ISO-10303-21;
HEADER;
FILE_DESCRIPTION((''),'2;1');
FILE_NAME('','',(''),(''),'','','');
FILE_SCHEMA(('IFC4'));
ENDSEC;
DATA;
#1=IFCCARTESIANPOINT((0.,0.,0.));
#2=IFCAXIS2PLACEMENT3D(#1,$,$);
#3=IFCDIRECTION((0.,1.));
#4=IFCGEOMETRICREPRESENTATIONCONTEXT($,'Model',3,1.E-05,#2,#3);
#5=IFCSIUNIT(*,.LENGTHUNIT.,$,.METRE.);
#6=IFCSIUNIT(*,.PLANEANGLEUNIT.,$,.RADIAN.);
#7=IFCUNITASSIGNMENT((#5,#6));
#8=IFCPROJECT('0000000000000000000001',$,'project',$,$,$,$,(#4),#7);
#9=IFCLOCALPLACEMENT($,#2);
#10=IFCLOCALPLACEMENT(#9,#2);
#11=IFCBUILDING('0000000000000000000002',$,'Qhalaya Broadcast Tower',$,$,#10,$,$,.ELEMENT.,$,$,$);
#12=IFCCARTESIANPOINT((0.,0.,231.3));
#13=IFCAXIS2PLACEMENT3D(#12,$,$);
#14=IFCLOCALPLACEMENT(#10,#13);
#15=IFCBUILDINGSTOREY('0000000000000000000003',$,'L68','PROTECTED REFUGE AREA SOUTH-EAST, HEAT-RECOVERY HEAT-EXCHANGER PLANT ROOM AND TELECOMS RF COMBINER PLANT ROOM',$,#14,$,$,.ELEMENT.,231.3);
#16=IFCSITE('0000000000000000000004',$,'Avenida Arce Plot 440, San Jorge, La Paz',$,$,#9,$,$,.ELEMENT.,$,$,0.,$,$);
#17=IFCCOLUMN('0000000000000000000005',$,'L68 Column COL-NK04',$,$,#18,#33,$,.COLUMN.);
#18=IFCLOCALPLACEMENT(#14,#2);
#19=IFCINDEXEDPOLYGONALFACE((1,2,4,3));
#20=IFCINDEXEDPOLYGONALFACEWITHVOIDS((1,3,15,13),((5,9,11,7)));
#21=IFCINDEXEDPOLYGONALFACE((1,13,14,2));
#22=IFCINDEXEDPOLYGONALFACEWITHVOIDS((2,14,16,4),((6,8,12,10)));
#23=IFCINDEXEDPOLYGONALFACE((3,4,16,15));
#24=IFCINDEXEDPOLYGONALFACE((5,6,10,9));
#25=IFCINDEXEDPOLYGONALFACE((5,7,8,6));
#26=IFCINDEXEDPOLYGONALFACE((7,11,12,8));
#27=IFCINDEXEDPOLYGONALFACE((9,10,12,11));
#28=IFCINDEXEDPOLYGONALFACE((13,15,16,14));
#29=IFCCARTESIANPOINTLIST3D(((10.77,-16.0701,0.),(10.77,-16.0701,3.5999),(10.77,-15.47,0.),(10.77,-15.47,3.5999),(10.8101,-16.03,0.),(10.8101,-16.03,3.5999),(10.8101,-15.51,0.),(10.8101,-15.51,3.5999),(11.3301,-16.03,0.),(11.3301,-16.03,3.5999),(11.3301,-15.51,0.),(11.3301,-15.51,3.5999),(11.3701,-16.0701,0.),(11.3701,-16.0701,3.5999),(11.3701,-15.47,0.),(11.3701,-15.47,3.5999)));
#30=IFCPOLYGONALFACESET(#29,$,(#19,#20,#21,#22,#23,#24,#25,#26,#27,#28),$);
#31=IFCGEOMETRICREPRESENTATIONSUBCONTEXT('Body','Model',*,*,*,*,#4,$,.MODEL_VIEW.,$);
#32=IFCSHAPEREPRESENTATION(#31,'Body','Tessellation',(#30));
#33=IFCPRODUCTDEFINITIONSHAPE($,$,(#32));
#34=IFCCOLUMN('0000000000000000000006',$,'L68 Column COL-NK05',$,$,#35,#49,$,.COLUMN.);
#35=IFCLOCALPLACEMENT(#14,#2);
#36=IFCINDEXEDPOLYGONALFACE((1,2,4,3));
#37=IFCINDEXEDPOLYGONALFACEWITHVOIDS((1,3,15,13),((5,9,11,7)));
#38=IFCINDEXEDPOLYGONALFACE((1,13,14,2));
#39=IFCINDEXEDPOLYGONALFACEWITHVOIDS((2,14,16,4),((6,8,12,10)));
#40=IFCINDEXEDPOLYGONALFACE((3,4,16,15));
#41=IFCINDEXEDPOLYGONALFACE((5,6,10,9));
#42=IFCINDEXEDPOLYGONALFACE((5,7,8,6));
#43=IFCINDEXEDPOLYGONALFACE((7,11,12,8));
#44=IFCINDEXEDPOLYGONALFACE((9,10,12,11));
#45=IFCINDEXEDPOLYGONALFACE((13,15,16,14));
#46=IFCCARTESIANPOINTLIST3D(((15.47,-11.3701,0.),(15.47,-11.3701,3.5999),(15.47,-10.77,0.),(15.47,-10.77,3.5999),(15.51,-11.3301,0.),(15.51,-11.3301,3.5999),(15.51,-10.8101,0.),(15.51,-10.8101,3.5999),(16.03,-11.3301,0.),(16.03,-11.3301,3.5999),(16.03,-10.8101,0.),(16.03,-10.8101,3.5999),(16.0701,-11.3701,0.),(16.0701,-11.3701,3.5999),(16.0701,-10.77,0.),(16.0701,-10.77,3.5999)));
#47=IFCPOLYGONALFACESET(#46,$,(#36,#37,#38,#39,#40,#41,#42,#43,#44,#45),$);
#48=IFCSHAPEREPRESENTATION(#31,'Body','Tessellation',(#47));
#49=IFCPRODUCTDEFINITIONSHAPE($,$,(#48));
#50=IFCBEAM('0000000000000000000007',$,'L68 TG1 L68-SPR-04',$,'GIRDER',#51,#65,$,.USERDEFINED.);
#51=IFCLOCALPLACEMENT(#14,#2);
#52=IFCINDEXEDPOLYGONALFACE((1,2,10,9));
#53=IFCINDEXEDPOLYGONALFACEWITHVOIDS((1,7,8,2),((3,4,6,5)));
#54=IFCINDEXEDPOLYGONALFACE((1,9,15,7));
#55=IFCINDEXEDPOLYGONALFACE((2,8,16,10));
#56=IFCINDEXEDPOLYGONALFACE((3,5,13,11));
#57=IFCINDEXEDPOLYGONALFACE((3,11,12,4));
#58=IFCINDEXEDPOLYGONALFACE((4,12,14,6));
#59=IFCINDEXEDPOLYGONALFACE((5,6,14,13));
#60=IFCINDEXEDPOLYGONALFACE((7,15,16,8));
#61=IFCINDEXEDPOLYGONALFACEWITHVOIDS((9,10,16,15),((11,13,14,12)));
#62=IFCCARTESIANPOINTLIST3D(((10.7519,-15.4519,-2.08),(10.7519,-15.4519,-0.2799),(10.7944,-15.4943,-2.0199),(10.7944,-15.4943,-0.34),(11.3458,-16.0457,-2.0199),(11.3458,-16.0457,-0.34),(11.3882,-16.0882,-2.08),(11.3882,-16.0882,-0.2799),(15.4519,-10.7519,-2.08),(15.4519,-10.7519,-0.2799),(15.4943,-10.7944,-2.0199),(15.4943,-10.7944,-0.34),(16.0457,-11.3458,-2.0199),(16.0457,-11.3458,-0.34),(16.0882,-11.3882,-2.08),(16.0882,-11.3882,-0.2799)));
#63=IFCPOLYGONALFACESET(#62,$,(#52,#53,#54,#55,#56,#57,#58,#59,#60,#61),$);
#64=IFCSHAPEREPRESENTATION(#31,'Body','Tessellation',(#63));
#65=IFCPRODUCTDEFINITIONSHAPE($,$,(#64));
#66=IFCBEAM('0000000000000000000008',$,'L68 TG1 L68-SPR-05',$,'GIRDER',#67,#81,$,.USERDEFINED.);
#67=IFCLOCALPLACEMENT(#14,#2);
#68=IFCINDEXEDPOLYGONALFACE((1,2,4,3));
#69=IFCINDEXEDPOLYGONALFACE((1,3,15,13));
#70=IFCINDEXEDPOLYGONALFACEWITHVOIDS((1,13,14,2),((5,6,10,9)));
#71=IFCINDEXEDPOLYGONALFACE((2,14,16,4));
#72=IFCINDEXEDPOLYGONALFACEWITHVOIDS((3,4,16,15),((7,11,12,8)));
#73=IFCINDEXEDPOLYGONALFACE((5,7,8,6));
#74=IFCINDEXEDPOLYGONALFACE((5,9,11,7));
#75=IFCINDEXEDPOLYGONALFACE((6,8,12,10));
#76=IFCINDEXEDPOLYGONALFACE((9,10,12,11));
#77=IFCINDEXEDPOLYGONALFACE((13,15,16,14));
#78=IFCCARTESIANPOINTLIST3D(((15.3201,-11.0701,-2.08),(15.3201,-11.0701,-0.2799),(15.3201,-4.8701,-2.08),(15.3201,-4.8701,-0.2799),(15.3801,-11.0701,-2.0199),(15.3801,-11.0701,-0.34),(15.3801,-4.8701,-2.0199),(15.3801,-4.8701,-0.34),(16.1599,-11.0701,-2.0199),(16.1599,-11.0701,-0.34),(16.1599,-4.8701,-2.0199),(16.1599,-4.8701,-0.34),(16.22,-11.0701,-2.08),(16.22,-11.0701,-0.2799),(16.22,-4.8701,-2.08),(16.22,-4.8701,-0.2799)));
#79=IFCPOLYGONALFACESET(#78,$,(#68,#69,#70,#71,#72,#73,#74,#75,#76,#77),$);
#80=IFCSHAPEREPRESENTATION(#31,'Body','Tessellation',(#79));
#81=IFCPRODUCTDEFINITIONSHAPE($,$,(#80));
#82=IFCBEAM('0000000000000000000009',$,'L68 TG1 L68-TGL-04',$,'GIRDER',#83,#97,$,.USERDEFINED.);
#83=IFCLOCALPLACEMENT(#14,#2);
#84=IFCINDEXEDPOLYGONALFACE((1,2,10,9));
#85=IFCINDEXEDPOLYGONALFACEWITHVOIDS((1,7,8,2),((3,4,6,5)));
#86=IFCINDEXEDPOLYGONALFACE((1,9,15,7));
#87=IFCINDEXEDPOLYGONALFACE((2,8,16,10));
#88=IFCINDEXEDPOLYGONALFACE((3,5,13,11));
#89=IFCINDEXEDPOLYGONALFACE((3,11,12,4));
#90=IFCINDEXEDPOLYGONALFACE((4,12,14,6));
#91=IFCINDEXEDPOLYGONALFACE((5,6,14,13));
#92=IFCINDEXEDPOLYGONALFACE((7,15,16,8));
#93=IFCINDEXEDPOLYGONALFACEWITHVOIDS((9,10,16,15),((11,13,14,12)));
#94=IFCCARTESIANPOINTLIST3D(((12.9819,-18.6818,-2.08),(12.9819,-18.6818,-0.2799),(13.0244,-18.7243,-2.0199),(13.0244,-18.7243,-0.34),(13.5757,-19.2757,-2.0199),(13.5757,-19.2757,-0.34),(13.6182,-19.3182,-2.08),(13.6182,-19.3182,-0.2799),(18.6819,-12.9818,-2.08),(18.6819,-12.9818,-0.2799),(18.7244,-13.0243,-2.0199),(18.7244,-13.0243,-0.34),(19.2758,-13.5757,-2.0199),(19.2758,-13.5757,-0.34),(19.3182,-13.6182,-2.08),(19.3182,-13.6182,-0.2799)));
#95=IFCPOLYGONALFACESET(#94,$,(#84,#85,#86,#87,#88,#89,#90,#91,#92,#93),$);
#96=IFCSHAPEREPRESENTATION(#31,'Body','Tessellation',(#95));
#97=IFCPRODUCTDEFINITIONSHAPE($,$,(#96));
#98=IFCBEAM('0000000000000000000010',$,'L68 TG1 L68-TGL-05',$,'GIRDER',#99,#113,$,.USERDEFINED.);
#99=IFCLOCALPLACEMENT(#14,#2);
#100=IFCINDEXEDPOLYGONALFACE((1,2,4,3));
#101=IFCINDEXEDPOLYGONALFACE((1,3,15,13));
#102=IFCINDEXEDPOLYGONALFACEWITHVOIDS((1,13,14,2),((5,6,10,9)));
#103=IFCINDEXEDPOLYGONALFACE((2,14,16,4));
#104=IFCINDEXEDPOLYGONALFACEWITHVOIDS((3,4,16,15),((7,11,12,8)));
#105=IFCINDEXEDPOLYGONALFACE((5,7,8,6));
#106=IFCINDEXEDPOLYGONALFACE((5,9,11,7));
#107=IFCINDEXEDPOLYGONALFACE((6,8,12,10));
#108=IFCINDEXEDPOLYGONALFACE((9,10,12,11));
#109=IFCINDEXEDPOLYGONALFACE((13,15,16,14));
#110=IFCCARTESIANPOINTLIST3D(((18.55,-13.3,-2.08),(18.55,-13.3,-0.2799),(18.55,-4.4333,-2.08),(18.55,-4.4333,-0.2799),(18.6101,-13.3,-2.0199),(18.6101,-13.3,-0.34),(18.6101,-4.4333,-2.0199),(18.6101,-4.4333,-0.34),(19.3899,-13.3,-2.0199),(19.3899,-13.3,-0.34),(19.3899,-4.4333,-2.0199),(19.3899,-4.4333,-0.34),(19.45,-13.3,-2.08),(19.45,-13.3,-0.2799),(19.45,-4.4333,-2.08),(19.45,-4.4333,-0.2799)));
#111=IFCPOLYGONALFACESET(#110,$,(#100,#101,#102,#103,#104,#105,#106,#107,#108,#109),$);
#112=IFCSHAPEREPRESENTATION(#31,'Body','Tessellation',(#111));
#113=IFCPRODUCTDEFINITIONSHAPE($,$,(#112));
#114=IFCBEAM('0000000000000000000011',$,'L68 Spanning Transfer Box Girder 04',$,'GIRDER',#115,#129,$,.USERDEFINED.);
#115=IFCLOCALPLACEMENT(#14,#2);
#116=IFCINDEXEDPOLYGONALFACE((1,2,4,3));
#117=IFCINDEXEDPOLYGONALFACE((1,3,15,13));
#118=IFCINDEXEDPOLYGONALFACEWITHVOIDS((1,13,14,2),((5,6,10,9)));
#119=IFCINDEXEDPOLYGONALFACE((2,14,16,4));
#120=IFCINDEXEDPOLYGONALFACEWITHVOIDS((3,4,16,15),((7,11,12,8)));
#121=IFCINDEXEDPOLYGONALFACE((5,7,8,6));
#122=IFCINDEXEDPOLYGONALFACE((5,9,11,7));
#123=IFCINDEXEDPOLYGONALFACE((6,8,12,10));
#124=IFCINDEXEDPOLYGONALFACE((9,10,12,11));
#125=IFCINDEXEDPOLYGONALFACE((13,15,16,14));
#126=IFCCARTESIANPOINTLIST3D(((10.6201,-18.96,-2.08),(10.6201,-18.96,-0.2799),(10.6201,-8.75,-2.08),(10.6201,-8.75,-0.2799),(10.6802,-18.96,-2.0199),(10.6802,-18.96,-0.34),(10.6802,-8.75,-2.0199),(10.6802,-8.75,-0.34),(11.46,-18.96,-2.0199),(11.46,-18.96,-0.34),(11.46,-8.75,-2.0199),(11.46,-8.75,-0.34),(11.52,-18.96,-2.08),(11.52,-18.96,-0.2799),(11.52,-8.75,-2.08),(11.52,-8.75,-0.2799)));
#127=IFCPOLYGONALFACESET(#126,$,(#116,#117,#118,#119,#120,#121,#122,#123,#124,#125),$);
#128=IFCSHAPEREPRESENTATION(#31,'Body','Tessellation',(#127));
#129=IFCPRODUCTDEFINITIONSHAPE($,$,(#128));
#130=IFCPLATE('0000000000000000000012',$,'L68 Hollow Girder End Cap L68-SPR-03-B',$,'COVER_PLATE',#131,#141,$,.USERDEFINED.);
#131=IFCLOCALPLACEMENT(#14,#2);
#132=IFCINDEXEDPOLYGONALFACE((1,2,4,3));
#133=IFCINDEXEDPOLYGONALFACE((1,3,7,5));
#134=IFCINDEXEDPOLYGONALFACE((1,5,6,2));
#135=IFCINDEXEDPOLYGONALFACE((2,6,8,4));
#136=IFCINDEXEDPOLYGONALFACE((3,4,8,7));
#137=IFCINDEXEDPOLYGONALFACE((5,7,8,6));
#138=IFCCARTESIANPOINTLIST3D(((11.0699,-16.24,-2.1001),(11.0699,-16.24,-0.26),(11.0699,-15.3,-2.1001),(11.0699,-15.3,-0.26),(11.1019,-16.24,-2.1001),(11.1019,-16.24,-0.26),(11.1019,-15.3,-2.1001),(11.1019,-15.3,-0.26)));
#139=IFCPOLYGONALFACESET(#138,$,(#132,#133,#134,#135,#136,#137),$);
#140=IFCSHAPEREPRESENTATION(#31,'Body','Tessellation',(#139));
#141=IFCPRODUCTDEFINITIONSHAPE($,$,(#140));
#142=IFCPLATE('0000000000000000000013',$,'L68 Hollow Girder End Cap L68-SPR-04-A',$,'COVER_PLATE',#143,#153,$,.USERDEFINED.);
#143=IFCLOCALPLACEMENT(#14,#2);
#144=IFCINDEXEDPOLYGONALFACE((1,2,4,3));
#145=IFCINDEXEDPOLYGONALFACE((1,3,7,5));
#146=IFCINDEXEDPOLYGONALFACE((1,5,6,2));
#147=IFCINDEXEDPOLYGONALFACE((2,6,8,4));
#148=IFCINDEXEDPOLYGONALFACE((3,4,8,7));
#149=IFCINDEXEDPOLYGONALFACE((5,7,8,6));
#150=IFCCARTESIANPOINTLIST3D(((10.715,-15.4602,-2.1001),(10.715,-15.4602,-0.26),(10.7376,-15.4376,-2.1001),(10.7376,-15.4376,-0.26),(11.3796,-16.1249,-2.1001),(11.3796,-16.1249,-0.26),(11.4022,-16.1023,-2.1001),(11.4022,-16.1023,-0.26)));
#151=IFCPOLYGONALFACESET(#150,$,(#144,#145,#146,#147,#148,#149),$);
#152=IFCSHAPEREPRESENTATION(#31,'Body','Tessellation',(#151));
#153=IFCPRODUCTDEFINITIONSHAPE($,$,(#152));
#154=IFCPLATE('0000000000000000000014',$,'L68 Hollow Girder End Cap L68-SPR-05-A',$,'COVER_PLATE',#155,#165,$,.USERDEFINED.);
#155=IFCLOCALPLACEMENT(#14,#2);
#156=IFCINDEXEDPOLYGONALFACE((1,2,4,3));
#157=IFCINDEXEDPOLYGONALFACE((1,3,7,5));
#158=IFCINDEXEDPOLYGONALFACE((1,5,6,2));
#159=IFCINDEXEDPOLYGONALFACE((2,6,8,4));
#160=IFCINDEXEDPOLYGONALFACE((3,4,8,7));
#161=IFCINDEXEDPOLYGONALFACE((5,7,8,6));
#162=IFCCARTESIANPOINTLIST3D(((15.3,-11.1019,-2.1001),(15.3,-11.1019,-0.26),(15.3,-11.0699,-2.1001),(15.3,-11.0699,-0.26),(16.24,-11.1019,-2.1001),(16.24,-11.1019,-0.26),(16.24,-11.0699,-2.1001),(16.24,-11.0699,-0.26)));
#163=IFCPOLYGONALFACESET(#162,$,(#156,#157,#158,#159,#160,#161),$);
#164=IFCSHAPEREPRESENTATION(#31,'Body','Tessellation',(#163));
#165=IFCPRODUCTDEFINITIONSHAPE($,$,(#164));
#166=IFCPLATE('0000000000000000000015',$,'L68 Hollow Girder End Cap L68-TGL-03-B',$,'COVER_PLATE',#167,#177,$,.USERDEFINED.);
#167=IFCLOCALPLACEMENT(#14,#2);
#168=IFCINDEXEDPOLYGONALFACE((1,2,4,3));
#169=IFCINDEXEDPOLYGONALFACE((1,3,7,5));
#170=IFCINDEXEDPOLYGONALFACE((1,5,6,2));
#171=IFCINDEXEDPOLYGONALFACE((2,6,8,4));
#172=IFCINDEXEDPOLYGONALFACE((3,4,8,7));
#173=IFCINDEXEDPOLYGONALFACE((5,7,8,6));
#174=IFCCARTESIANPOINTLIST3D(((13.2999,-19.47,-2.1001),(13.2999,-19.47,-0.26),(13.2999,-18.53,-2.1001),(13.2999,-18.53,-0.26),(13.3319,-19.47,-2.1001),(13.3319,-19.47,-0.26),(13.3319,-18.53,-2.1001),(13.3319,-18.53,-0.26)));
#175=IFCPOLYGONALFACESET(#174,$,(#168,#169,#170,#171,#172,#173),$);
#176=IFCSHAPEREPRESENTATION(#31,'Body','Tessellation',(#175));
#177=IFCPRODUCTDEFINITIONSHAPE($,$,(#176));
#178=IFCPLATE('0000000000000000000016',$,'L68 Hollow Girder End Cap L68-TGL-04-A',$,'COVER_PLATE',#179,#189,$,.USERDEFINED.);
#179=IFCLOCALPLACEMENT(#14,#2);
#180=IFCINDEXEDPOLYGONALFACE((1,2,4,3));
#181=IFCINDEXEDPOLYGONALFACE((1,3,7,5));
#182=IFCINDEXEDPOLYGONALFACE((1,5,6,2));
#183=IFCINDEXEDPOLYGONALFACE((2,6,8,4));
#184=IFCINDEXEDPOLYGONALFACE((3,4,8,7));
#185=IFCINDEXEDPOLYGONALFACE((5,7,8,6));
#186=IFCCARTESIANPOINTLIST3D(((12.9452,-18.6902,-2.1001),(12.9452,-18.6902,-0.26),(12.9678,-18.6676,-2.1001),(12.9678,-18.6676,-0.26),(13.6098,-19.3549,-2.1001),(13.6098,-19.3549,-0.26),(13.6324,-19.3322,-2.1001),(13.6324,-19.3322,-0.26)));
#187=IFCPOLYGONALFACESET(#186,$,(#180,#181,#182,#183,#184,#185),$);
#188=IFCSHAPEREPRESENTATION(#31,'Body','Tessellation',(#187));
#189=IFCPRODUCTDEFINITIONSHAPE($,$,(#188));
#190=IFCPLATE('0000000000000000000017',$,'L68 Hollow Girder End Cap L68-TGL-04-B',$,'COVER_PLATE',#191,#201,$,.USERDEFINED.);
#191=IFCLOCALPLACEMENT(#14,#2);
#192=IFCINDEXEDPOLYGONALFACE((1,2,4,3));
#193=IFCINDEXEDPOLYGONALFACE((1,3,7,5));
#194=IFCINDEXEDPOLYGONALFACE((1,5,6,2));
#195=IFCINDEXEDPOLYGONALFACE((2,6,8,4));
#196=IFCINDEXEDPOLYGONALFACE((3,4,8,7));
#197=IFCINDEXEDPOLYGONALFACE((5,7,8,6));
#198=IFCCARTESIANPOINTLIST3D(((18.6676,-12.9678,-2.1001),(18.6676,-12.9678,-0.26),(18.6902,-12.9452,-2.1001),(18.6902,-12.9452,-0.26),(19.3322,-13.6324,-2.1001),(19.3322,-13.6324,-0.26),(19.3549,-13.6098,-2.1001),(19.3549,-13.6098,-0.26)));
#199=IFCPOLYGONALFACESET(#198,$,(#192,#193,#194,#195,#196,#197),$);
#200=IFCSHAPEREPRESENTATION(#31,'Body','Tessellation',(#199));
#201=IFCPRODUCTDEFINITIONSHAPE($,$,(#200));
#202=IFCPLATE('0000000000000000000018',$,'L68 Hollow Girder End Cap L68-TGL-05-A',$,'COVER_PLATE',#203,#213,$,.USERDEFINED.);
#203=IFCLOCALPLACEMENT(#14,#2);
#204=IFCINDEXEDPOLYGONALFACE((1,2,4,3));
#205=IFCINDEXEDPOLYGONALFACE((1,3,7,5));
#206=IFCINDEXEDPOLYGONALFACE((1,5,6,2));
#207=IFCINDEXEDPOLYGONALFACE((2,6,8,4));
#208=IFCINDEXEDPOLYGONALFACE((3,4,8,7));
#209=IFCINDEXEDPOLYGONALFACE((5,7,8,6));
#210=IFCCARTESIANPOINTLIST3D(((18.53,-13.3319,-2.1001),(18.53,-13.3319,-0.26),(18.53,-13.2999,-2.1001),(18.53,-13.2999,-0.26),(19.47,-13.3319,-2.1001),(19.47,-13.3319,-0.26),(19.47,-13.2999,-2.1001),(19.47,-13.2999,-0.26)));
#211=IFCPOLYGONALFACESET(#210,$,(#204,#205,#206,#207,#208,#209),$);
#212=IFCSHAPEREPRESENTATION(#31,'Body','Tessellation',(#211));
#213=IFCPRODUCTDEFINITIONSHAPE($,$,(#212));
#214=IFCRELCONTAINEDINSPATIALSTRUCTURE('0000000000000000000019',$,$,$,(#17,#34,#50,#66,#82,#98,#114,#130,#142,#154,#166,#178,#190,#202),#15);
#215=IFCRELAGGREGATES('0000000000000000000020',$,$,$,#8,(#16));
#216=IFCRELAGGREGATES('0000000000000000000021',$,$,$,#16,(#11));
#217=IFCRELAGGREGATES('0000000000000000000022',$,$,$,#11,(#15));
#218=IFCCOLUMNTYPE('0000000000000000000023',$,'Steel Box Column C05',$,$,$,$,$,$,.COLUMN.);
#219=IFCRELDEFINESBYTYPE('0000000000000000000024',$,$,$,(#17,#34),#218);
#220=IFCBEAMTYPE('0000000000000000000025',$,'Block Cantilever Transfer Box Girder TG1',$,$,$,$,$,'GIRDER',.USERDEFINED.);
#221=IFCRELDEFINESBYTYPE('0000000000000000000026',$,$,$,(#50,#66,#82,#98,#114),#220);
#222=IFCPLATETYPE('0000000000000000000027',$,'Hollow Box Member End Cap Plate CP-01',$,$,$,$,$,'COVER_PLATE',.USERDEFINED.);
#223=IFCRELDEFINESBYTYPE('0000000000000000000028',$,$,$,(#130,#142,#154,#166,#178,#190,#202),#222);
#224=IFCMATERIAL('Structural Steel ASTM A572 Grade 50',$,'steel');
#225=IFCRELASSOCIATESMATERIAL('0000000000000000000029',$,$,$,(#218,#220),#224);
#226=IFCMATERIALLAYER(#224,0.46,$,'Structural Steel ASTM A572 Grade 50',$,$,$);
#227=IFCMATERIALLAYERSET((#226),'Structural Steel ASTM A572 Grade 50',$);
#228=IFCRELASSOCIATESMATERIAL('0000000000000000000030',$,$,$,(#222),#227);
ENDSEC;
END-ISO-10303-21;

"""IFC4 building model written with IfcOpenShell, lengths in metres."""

from ifc_helpers import new_model, si_unit, direction, frame, origin, origin_2d, place, context, subcontext, project, spatial, rectangle, hollow_rectangle, extrude, material, layer, layer_set, material_profile, profile_set, type_object, element, save


model = new_model("IFC4")

# Units and contexts
model_context = context("Model", 3, precision=1e-05, world=origin(), true_north=direction((0.0, 1.0)))
body_context = subcontext(model_context, "Body", "Model", "MODEL_VIEW")
ifc_project = project(units=[si_unit("LENGTHUNIT", "METRE"), si_unit("PLANEANGLEUNIT", "RADIAN")], contexts=[model_context])

# Site, building, storey
site_placement = place(None, origin())
site = spatial("IfcSite", under=ifc_project, at=site_placement, Name="Avenida Arce Plot 440, San Jorge, La Paz", CompositionType="ELEMENT", RefElevation=0.0)
building_placement = place(site_placement, origin())
building = spatial("IfcBuilding", under=site, at=building_placement, Name="Qhalaya Broadcast Tower", CompositionType="ELEMENT")
storey_placement = place(building_placement, frame((0.0, 0.0, 231.3)))
storey = spatial("IfcBuildingStorey", under=building, at=storey_placement, Name="L68", Description="PROTECTED REFUGE AREA SOUTH-EAST, HEAT-RECOVERY HEAT-EXCHANGER PLANT ROOM AND TELECOMS RF COMBINER PLANT ROOM", CompositionType="ELEMENT", Elevation=231.3)

# Columns
ifc_material_1 = material(Name="Structural Steel ASTM A572 Grade 50", Category="steel")
ifc_material_profile_1 = material_profile(ifc_material_1, hollow_rectangle(XDim=0.6001, YDim=0.6001, WallThickness=0.04, at=origin_2d()), Name="BOX 600x600x40")
ifc_profile_set_1 = profile_set([ifc_material_profile_1], Name="Structural Steel ASTM A572 Grade 50")
column_type = type_object("IfcColumnType", Name="Steel Box Column C05", PredefinedType="COLUMN", material=ifc_profile_set_1)
for number, where, z_axis, x_axis, name in (
    (1, (11.0701, -15.77, 0.0), (0.0, 0.0, 1.0), (1.0, 0.0, 0.0), "L68 Column COL-NK04"),
    (2, (15.77, -11.0701, 0.0), (0.0, 0.0, 1.0), (0.0, 1.0, 0.0), "L68 Column COL-NK05"),
):
    element("IfcColumn", number, at=place(storey_placement, frame(where, z_axis=z_axis, x_axis=x_axis)), inside=storey, type_object=column_type, Name=name, PredefinedType="COLUMN", context=body_context, shape_type="SweptSolid", body=[
        extrude(hollow_rectangle(XDim=0.6001, YDim=0.6001, WallThickness=0.04, at=origin_2d()), origin(), (0.0, 0.0, 1.0), 3.5999),
    ])

# Beams
ifc_material_profile_2 = material_profile(ifc_material_1, hollow_rectangle(XDim=0.8999, YDim=1.8, WallThickness=0.0601, at=origin_2d()), Name="BOX 900x1800x60")
ifc_profile_set_2 = profile_set([ifc_material_profile_2], Name="Structural Steel ASTM A572 Grade 50")
beam_type = type_object("IfcBeamType", Name="Block Cantilever Transfer Box Girder TG1", ElementType="GIRDER", PredefinedType="USERDEFINED", material=ifc_profile_set_2)
beam_1_placement = place(storey_placement, frame((11.0701, -15.77, -1.1799), z_axis=(0.707107, 0.707107, 0.0), x_axis=(-0.707107, 0.707107, 0.0)))
element("IfcBeam", 3, at=beam_1_placement, inside=storey, type_object=beam_type, Name="L68 TG1 L68-SPR-04", ObjectType="GIRDER", PredefinedType="USERDEFINED", context=body_context, shape_type="SweptSolid", body=[
    extrude(hollow_rectangle(XDim=0.8999, YDim=1.8, WallThickness=0.0601, at=origin_2d()), origin(), (0.0, 0.0, 1.0), 6.6467),
])
beam_2_placement = place(storey_placement, frame((15.77, -11.0701, -1.1799), z_axis=(0.0, 1.0, 0.0), x_axis=(-1.0, 0.0, 0.0)))
element("IfcBeam", 4, at=beam_2_placement, inside=storey, type_object=beam_type, Name="L68 TG1 L68-SPR-05", ObjectType="GIRDER", PredefinedType="USERDEFINED", context=body_context, shape_type="SweptSolid", body=[
    extrude(hollow_rectangle(XDim=0.8999, YDim=1.8, WallThickness=0.0601, at=origin_2d()), origin(), (0.0, 0.0, 1.0), 6.2),
])
beam_3_placement = place(storey_placement, frame((13.3, -19.0, -1.1799), z_axis=(0.707107, 0.707107, 0.0), x_axis=(-0.707107, 0.707107, 0.0)))
element("IfcBeam", 5, at=beam_3_placement, inside=storey, type_object=beam_type, Name="L68 TG1 L68-TGL-04", ObjectType="GIRDER", PredefinedType="USERDEFINED", context=body_context, shape_type="SweptSolid", body=[
    extrude(hollow_rectangle(XDim=0.8999, YDim=1.8, WallThickness=0.0601, at=origin_2d()), origin(), (0.0, 0.0, 1.0), 8.061),
])
beam_4_placement = place(storey_placement, frame((19.0, -13.3, -1.1799), z_axis=(0.0, 1.0, 0.0), x_axis=(-1.0, 0.0, 0.0)))
element("IfcBeam", 6, at=beam_4_placement, inside=storey, type_object=beam_type, Name="L68 TG1 L68-TGL-05", ObjectType="GIRDER", PredefinedType="USERDEFINED", context=body_context, shape_type="SweptSolid", body=[
    extrude(hollow_rectangle(XDim=0.8999, YDim=1.8, WallThickness=0.0601, at=origin_2d()), origin(), (0.0, 0.0, 1.0), 8.8667),
])
beam_5_placement = place(storey_placement, frame((11.0701, -18.96, -1.1799), z_axis=(0.0, 1.0, 0.0), x_axis=(-1.0, 0.0, 0.0)))
element("IfcBeam", 7, at=beam_5_placement, inside=storey, type_object=beam_type, Name="L68 Spanning Transfer Box Girder 04", ObjectType="GIRDER", PredefinedType="USERDEFINED", context=body_context, shape_type="SweptSolid", body=[
    extrude(hollow_rectangle(XDim=0.8999, YDim=1.8, WallThickness=0.0601, at=origin_2d()), origin(), (0.0, 0.0, 1.0), 10.21),
])

# Plates
ifc_layer_1 = layer(ifc_material_1, 0.46, Name="Structural Steel ASTM A572 Grade 50")
ifc_layer_set_1 = layer_set([ifc_layer_1], Name="Structural Steel ASTM A572 Grade 50")
plate_type_1 = type_object("IfcPlateType", Name="Hollow Box Member End Cap Plate CP-01", ElementType="COVER_PLATE", PredefinedType="USERDEFINED", material=ifc_layer_set_1)
for number, where, z_axis, x_axis, name in (
    (8, (11.0859, -15.77, -2.1001), (0.0, 0.0, 1.0), (0.0, 1.0, 0.0), "L68 Hollow Girder End Cap L68-SPR-03-B"),
    (9, (11.0586, -15.7812, -2.1001), (0.0, 0.0, 1.0), (-0.707107, 0.707107, 0.0), "L68 Hollow Girder End Cap L68-SPR-04-A"),
    (10, (15.77, -11.0859, -2.1001), (0.0, 0.0, 1.0), (-1.0, 0.0, 0.0), "L68 Hollow Girder End Cap L68-SPR-05-A"),
    (11, (13.3159, -19.0, -2.1001), (0.0, 0.0, 1.0), (0.0, 1.0, 0.0), "L68 Hollow Girder End Cap L68-TGL-03-B"),
    (12, (13.2888, -19.0112, -2.1001), (0.0, 0.0, 1.0), (-0.707107, 0.707107, 0.0), "L68 Hollow Girder End Cap L68-TGL-04-A"),
    (13, (19.0112, -13.2888, -2.1001), (0.0, 0.0, 1.0), (-0.707107, 0.707107, 0.0), "L68 Hollow Girder End Cap L68-TGL-04-B"),
    (14, (19.0, -13.3159, -2.1001), (0.0, 0.0, 1.0), (-1.0, 0.0, 0.0), "L68 Hollow Girder End Cap L68-TGL-05-A"),
):
    element("IfcPlate", number, at=place(storey_placement, frame(where, z_axis=z_axis, x_axis=x_axis)), inside=storey, type_object=plate_type_1, Name=name, ObjectType="COVER_PLATE", PredefinedType="USERDEFINED", context=body_context, shape_type="SweptSolid", body=[
        extrude(rectangle(XDim=0.9399, YDim=0.032, at=origin_2d()), origin(), (0.0, 0.0, 1.0), 1.8401),
    ])

save(model, "model.ifc")
